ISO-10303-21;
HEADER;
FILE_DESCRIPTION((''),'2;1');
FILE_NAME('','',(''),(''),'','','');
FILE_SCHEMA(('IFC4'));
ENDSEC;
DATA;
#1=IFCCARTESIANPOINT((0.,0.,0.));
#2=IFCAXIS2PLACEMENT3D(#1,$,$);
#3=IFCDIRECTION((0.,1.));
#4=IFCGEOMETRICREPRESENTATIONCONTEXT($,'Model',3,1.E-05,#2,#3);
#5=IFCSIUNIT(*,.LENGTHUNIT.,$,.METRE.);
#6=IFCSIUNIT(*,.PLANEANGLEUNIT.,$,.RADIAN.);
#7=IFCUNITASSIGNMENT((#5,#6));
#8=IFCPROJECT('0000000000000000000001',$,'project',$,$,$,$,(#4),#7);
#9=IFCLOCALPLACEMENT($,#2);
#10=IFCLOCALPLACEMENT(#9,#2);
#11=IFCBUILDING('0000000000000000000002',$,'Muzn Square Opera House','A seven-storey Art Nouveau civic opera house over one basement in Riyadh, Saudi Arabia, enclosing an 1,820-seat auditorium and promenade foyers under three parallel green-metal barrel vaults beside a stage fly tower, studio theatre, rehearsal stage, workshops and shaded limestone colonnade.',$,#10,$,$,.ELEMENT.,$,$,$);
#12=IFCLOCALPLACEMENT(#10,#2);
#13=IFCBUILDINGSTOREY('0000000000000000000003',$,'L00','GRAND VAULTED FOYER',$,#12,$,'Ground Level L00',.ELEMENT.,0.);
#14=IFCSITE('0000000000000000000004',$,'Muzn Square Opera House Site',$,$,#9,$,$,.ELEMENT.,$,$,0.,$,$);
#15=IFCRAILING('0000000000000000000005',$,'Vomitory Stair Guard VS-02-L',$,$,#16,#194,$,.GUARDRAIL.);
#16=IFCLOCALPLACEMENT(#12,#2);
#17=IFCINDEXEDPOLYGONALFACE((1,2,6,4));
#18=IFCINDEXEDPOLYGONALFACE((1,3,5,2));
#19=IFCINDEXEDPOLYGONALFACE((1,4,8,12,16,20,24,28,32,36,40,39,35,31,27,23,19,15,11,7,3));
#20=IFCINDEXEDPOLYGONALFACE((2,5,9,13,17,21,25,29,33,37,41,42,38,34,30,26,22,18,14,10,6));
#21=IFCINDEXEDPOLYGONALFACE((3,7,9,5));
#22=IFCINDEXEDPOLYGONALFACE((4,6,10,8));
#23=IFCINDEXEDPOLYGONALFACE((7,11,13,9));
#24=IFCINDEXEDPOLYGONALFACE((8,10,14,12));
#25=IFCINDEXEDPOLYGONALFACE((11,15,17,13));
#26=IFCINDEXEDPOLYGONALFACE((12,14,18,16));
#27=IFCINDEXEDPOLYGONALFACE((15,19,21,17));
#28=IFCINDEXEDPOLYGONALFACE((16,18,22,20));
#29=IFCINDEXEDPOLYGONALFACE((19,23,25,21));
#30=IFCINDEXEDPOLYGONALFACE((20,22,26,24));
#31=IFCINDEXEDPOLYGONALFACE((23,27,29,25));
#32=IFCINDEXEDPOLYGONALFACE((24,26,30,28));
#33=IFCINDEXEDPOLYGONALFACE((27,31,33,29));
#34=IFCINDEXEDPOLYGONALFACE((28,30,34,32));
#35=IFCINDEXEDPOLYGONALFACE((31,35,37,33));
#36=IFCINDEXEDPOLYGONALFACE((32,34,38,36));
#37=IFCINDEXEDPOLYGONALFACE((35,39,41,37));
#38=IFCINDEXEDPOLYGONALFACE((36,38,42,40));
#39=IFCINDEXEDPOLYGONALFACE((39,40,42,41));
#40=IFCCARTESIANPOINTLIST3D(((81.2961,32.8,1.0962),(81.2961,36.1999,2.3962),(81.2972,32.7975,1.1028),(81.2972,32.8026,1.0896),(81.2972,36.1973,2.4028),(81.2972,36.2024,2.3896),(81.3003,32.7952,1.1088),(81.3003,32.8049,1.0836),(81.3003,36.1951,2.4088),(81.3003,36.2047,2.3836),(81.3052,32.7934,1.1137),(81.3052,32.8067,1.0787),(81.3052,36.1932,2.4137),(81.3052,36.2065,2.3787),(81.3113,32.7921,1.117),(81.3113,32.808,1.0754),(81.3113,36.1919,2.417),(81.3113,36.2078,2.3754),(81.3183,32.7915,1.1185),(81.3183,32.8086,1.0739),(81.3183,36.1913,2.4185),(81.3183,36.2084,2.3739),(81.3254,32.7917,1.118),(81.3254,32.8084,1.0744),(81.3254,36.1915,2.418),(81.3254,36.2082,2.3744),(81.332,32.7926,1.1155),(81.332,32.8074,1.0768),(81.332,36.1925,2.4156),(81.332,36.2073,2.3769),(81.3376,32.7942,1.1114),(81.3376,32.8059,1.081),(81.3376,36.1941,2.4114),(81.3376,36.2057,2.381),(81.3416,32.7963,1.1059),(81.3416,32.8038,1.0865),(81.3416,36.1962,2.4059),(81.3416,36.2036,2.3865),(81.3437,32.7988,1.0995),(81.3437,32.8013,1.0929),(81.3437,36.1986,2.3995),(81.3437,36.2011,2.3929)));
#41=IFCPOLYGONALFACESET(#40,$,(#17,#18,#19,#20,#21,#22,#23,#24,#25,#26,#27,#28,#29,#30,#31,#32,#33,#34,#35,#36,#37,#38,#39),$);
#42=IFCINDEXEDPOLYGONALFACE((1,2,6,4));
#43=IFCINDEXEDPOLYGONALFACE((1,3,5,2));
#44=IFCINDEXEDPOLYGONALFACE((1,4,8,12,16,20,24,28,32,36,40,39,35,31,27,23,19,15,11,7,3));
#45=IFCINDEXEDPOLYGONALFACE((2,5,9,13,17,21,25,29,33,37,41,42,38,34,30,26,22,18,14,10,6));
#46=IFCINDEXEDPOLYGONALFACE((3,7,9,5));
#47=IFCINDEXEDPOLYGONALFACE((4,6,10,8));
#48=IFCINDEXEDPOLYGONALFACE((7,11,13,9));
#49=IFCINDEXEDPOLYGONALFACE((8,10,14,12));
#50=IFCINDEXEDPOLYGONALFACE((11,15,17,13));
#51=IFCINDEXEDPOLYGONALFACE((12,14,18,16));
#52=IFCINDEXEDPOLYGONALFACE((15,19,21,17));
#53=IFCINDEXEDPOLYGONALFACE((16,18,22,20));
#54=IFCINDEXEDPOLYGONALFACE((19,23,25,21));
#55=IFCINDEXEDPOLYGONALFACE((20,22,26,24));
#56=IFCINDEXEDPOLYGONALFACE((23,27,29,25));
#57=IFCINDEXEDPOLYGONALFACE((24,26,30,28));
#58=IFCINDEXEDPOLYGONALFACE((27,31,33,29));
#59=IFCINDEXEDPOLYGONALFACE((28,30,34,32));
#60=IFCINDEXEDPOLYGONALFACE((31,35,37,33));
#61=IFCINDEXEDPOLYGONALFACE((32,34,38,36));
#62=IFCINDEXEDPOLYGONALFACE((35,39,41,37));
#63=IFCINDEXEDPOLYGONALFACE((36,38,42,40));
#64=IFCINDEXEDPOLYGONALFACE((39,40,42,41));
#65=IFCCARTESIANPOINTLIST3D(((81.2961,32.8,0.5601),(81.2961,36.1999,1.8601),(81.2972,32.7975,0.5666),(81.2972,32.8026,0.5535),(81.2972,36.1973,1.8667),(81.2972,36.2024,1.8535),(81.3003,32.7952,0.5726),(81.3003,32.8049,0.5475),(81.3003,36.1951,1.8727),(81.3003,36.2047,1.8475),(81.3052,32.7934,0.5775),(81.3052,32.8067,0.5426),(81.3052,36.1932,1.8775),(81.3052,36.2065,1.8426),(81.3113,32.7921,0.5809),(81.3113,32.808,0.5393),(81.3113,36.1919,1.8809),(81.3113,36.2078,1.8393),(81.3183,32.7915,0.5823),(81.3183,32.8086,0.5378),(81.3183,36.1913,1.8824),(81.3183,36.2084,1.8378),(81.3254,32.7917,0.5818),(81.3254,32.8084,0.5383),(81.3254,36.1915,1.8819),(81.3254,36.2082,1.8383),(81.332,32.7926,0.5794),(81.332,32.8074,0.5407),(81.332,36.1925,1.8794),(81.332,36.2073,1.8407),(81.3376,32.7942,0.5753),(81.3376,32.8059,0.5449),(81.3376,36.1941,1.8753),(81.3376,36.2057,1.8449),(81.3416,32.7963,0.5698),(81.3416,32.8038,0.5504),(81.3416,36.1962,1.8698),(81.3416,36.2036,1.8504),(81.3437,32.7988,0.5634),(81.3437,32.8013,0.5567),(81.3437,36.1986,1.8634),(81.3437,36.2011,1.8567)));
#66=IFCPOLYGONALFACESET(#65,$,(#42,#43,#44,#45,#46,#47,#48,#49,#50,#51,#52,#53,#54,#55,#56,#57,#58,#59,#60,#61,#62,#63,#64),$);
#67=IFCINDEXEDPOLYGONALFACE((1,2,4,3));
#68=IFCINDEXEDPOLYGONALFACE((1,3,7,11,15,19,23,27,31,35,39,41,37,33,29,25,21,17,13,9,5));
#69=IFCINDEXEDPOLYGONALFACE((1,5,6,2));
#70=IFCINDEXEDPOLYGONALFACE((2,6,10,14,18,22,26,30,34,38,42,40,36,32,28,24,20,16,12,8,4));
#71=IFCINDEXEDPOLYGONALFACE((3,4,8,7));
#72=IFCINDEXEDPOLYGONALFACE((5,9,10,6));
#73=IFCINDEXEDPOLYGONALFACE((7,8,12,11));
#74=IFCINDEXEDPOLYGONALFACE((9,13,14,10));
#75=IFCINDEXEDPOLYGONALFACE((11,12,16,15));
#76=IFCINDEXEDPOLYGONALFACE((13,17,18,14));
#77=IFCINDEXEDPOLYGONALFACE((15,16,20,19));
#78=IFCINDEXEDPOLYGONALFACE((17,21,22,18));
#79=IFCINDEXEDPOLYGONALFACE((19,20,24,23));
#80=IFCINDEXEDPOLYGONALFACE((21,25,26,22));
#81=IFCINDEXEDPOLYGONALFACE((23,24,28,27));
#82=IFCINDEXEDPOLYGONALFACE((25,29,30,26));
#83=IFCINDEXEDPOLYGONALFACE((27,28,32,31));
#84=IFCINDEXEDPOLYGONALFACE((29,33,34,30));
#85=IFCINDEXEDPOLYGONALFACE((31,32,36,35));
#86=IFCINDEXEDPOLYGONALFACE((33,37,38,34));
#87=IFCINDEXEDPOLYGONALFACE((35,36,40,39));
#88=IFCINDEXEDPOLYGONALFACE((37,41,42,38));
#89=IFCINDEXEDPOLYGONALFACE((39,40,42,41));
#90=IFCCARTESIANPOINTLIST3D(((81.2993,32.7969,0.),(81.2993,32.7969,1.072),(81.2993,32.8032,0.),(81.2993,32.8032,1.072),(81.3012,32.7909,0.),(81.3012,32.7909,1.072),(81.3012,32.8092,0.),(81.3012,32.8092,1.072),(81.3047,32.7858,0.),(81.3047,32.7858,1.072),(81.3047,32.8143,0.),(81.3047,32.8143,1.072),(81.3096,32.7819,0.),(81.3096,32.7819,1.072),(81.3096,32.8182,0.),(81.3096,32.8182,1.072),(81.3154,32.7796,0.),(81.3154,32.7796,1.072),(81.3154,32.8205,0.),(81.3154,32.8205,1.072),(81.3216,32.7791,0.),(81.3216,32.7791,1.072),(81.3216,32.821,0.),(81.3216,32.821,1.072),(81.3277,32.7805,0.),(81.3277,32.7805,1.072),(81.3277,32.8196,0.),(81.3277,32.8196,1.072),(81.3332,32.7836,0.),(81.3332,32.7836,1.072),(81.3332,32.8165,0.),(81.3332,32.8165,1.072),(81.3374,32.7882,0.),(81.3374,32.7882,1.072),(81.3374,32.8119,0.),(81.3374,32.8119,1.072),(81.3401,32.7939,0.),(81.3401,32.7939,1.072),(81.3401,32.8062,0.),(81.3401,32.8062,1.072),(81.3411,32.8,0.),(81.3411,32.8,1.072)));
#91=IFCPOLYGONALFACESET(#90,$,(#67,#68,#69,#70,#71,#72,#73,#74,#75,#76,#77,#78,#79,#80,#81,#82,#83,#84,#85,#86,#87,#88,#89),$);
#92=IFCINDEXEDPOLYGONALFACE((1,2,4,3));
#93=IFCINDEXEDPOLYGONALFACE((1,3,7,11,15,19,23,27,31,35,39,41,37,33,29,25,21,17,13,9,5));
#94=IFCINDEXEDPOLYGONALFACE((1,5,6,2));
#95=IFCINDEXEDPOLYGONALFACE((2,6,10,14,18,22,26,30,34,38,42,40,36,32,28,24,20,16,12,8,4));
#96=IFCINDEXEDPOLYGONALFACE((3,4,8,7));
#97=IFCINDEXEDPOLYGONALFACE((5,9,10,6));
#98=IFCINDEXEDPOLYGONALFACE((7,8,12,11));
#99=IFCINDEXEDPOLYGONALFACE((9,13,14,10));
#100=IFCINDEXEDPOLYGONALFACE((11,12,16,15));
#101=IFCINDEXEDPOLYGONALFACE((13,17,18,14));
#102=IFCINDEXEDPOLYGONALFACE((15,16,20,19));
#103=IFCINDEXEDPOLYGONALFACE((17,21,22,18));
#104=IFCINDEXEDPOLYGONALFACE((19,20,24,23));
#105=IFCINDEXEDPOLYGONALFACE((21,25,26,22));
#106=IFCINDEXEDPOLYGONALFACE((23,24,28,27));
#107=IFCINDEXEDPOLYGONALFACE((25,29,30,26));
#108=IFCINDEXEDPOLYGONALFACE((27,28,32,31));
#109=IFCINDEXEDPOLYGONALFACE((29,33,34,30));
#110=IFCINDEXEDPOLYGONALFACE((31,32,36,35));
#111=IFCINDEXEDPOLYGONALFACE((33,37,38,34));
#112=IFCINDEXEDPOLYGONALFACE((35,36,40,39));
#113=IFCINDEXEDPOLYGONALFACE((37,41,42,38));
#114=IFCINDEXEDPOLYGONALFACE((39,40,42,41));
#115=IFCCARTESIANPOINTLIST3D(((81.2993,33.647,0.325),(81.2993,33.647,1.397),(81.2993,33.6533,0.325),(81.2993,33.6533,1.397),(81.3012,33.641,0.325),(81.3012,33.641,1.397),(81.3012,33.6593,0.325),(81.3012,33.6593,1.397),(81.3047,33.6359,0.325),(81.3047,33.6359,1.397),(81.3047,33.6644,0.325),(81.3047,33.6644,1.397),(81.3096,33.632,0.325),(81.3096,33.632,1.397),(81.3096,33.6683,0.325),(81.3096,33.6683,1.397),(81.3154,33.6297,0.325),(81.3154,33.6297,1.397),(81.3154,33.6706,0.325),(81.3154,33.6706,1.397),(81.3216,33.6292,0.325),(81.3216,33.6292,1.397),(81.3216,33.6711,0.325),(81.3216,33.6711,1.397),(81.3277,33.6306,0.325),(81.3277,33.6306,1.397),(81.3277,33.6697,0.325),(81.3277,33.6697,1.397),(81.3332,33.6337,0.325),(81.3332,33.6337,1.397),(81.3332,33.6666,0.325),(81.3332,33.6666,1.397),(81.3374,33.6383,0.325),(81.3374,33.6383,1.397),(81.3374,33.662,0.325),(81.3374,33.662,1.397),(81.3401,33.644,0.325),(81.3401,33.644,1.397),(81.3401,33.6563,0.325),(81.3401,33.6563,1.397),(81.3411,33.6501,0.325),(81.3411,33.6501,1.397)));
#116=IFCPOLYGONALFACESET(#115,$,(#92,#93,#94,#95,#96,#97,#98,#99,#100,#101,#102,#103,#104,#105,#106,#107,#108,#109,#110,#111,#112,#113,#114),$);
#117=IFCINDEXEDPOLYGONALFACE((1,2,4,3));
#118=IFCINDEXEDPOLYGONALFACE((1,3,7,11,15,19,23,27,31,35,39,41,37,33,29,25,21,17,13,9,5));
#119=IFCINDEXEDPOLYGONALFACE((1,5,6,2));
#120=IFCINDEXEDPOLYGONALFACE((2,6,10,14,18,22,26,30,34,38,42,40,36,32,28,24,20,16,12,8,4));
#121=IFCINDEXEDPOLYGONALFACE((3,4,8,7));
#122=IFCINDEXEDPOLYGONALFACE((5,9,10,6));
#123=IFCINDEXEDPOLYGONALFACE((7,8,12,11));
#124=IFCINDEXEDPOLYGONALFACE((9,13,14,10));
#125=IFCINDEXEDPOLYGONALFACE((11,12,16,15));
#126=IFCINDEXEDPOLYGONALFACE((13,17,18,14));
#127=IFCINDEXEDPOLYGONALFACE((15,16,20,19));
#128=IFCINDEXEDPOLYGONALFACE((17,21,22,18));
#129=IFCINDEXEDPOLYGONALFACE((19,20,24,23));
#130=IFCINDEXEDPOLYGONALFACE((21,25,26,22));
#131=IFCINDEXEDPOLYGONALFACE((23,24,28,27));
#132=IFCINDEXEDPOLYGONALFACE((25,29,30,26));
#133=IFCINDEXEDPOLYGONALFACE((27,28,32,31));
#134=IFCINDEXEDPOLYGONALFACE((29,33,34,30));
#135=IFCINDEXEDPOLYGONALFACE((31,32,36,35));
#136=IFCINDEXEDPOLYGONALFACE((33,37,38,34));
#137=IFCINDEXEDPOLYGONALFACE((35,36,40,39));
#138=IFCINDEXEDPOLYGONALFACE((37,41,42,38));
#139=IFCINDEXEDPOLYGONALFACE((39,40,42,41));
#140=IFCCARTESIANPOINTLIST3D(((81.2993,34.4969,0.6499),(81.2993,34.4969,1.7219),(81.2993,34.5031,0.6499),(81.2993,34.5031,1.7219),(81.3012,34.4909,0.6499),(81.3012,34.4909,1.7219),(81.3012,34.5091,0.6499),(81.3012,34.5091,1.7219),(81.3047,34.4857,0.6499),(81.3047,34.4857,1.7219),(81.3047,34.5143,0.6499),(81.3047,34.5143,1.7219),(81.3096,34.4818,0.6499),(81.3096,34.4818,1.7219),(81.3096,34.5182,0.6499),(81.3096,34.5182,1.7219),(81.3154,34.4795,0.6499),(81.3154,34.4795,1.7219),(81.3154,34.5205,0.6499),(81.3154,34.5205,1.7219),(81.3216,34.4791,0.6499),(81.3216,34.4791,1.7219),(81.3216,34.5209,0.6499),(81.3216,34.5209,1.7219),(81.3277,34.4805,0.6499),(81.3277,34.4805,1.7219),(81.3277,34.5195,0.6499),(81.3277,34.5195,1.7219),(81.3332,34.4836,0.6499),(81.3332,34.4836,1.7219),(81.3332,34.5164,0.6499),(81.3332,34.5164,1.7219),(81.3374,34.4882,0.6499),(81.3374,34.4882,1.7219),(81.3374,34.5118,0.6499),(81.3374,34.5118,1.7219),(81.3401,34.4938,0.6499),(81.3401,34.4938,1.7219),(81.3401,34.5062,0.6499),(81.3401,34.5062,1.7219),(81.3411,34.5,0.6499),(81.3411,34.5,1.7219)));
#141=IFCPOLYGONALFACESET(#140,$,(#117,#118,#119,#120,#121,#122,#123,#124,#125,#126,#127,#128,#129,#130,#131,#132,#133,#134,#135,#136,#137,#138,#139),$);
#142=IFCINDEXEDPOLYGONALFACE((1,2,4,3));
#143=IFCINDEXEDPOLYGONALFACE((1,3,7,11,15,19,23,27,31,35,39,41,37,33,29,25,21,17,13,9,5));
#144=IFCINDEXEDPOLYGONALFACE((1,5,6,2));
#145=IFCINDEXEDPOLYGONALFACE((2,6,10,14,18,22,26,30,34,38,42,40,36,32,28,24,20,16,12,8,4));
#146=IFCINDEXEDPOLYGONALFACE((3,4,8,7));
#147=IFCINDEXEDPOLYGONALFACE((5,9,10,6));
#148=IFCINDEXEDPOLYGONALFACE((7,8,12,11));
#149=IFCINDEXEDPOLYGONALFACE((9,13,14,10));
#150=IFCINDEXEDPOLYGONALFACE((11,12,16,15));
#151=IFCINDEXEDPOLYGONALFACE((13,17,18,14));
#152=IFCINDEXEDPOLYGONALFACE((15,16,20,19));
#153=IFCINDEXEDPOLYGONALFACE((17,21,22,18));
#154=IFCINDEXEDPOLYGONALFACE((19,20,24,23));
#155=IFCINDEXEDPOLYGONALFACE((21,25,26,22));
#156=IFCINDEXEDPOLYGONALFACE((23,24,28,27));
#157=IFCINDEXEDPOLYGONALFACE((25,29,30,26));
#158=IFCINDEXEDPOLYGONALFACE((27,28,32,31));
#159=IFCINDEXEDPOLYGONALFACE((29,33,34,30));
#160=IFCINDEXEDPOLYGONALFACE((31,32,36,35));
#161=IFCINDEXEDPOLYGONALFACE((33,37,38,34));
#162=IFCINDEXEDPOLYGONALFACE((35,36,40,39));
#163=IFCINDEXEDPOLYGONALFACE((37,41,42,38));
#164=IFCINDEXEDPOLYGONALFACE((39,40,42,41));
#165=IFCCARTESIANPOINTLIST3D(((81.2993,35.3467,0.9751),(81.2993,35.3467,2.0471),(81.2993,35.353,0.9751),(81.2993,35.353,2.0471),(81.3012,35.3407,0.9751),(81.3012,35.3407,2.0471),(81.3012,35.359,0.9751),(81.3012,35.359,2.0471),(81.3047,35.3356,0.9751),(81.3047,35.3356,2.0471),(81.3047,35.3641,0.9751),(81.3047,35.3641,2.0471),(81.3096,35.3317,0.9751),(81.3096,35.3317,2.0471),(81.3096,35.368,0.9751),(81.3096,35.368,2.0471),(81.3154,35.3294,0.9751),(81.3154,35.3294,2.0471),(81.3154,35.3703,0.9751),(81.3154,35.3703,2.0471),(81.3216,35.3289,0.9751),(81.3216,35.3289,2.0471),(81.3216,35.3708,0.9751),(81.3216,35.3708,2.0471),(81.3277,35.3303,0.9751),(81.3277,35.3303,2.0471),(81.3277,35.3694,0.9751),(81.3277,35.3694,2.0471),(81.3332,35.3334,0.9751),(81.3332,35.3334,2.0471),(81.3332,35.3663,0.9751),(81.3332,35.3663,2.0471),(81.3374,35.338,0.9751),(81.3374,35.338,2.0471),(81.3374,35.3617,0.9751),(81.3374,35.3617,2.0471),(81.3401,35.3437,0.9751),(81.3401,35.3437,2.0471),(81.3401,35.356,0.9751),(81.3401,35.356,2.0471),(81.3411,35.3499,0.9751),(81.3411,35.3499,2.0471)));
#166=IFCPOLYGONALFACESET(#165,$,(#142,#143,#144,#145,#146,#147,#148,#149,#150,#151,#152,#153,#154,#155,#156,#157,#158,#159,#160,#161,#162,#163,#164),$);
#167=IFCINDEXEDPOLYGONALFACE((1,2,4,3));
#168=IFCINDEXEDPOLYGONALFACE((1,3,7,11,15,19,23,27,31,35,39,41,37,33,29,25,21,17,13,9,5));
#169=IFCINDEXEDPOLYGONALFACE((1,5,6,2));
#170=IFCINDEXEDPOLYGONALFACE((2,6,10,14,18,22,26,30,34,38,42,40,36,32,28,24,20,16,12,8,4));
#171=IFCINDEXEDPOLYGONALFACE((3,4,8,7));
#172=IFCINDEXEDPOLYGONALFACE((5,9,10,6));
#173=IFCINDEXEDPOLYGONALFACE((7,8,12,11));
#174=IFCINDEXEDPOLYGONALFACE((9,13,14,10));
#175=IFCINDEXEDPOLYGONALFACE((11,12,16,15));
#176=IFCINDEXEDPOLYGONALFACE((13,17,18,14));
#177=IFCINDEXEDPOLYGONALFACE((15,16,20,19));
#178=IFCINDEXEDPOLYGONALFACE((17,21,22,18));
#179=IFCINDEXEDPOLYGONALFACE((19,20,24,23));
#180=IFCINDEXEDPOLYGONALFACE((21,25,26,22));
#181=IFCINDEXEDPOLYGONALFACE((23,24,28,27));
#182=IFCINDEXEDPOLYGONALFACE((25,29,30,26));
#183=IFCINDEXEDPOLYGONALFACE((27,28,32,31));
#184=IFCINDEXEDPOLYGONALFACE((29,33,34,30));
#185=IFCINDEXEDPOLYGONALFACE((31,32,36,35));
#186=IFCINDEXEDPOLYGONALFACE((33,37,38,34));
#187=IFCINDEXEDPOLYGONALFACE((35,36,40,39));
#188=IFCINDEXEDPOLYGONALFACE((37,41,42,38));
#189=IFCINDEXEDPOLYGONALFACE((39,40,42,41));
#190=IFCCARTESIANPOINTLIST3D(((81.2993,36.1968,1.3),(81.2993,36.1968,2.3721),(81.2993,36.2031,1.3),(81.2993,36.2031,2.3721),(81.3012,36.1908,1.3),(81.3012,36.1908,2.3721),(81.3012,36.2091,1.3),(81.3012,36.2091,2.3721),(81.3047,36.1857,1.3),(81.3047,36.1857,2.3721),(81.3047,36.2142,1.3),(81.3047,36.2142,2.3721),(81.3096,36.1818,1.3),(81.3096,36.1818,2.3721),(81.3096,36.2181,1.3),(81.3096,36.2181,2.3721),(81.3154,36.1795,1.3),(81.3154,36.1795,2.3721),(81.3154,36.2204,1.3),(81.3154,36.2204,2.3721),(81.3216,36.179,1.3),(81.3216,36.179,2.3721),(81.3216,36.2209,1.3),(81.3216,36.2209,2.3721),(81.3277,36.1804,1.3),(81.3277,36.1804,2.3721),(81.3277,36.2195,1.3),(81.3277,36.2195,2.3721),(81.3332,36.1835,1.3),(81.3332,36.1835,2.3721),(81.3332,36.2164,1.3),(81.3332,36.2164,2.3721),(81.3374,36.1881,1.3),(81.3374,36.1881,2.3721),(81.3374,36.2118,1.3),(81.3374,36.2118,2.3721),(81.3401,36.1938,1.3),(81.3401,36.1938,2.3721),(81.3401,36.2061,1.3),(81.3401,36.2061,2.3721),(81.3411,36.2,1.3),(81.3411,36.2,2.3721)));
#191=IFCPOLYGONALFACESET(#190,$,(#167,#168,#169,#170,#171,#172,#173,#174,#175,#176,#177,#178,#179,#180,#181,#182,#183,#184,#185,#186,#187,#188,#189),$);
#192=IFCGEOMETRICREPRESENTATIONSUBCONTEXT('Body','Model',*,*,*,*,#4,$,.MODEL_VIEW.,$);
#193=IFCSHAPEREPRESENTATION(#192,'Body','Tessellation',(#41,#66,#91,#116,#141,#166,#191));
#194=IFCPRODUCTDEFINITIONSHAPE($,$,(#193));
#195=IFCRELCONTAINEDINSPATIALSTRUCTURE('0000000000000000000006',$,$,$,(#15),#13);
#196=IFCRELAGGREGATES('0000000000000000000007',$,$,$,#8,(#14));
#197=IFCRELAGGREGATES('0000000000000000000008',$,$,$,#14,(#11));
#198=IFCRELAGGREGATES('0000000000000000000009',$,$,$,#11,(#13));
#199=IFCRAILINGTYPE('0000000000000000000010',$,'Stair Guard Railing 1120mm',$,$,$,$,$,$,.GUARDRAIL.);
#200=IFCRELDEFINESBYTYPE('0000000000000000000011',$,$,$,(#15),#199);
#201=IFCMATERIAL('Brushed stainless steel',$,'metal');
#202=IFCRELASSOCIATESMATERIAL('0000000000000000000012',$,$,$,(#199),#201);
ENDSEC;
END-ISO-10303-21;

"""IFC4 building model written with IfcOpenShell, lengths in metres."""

from ifc_helpers import new_model, si_unit, direction, frame, origin, origin_2d, place, context, subcontext, project, spatial, circle, extrude, material, type_object, element, save


model = new_model("IFC4")

# Units and contexts
model_context = context("Model", 3, precision=1e-05, world=origin(), true_north=direction((0.0, 1.0)))
body_context = subcontext(model_context, "Body", "Model", "MODEL_VIEW")
ifc_project = project(units=[si_unit("LENGTHUNIT", "METRE"), si_unit("PLANEANGLEUNIT", "RADIAN")], contexts=[model_context])

# Site, building, storey
site_placement = place(None, origin())
site = spatial("IfcSite", under=ifc_project, at=site_placement, Name="Muzn Square Opera House Site", CompositionType="ELEMENT", RefElevation=0.0)
building_placement = place(site_placement, origin())
building = spatial("IfcBuilding", under=site, at=building_placement, Name="Muzn Square Opera House", Description="A seven-storey Art Nouveau civic opera house over one basement in Riyadh, Saudi Arabia, enclosing an 1,820-seat auditorium and promenade foyers under three parallel green-metal barrel vaults beside a stage fly tower, studio theatre, rehearsal stage, workshops and shaded limestone colonnade.", CompositionType="ELEMENT")
storey_placement = place(building_placement, origin())
storey = spatial("IfcBuildingStorey", under=building, at=storey_placement, Name="L00", Description="GRAND VAULTED FOYER", LongName="Ground Level L00", CompositionType="ELEMENT", Elevation=0.0)

# Railing
ifc_material_1 = material(Name="Brushed stainless steel", Category="metal")
railing_type_1 = type_object("IfcRailingType", Name="Stair Guard Railing 1120mm", PredefinedType="GUARDRAIL", material=ifc_material_1)
for number, where, name in (
    (1, (81.3201, 32.8, 0.0), "Vomitory Stair Guard VS-02-L"),
):
    element("IfcRailing", number, at=place(storey_placement, frame(where)), inside=storey, type_object=railing_type_1, Name=name, PredefinedType="GUARDRAIL", context=body_context, shape_type="SweptSolid", body=[
        extrude(circle(Radius=0.0239, at=origin_2d()), frame((0.0, 0.0, 1.0962), z_axis=(0.0, 0.934044, 0.357158), x_axis=(-1.0, 0.0, 0.0)), (0.0, 0.0, 1.0), 3.6399),
        extrude(circle(Radius=0.0239, at=origin_2d()), frame((0.0, 0.0, 0.5601), z_axis=(0.0, 0.934044, 0.357158), x_axis=(-1.0, 0.0, 0.0)), (0.0, 0.0, 1.0), 3.6399),
        extrude(circle(Radius=0.021, at=origin_2d()), origin(), (0.0, 0.0, 1.0), 1.072),
        extrude(circle(Radius=0.021, at=origin_2d()), frame((0.0, 0.8501, 0.325)), (0.0, 0.0, 1.0), 1.072),
        extrude(circle(Radius=0.021, at=origin_2d()), frame((0.0, 1.7, 0.6499)), (0.0, 0.0, 1.0), 1.072),
        extrude(circle(Radius=0.021, at=origin_2d()), frame((0.0, 2.5498, 0.9751)), (0.0, 0.0, 1.0), 1.072),
        extrude(circle(Radius=0.021, at=origin_2d()), frame((0.0, 3.3999, 1.3)), (0.0, 0.0, 1.0), 1.072),
    ])

save(model, "model.ifc")
